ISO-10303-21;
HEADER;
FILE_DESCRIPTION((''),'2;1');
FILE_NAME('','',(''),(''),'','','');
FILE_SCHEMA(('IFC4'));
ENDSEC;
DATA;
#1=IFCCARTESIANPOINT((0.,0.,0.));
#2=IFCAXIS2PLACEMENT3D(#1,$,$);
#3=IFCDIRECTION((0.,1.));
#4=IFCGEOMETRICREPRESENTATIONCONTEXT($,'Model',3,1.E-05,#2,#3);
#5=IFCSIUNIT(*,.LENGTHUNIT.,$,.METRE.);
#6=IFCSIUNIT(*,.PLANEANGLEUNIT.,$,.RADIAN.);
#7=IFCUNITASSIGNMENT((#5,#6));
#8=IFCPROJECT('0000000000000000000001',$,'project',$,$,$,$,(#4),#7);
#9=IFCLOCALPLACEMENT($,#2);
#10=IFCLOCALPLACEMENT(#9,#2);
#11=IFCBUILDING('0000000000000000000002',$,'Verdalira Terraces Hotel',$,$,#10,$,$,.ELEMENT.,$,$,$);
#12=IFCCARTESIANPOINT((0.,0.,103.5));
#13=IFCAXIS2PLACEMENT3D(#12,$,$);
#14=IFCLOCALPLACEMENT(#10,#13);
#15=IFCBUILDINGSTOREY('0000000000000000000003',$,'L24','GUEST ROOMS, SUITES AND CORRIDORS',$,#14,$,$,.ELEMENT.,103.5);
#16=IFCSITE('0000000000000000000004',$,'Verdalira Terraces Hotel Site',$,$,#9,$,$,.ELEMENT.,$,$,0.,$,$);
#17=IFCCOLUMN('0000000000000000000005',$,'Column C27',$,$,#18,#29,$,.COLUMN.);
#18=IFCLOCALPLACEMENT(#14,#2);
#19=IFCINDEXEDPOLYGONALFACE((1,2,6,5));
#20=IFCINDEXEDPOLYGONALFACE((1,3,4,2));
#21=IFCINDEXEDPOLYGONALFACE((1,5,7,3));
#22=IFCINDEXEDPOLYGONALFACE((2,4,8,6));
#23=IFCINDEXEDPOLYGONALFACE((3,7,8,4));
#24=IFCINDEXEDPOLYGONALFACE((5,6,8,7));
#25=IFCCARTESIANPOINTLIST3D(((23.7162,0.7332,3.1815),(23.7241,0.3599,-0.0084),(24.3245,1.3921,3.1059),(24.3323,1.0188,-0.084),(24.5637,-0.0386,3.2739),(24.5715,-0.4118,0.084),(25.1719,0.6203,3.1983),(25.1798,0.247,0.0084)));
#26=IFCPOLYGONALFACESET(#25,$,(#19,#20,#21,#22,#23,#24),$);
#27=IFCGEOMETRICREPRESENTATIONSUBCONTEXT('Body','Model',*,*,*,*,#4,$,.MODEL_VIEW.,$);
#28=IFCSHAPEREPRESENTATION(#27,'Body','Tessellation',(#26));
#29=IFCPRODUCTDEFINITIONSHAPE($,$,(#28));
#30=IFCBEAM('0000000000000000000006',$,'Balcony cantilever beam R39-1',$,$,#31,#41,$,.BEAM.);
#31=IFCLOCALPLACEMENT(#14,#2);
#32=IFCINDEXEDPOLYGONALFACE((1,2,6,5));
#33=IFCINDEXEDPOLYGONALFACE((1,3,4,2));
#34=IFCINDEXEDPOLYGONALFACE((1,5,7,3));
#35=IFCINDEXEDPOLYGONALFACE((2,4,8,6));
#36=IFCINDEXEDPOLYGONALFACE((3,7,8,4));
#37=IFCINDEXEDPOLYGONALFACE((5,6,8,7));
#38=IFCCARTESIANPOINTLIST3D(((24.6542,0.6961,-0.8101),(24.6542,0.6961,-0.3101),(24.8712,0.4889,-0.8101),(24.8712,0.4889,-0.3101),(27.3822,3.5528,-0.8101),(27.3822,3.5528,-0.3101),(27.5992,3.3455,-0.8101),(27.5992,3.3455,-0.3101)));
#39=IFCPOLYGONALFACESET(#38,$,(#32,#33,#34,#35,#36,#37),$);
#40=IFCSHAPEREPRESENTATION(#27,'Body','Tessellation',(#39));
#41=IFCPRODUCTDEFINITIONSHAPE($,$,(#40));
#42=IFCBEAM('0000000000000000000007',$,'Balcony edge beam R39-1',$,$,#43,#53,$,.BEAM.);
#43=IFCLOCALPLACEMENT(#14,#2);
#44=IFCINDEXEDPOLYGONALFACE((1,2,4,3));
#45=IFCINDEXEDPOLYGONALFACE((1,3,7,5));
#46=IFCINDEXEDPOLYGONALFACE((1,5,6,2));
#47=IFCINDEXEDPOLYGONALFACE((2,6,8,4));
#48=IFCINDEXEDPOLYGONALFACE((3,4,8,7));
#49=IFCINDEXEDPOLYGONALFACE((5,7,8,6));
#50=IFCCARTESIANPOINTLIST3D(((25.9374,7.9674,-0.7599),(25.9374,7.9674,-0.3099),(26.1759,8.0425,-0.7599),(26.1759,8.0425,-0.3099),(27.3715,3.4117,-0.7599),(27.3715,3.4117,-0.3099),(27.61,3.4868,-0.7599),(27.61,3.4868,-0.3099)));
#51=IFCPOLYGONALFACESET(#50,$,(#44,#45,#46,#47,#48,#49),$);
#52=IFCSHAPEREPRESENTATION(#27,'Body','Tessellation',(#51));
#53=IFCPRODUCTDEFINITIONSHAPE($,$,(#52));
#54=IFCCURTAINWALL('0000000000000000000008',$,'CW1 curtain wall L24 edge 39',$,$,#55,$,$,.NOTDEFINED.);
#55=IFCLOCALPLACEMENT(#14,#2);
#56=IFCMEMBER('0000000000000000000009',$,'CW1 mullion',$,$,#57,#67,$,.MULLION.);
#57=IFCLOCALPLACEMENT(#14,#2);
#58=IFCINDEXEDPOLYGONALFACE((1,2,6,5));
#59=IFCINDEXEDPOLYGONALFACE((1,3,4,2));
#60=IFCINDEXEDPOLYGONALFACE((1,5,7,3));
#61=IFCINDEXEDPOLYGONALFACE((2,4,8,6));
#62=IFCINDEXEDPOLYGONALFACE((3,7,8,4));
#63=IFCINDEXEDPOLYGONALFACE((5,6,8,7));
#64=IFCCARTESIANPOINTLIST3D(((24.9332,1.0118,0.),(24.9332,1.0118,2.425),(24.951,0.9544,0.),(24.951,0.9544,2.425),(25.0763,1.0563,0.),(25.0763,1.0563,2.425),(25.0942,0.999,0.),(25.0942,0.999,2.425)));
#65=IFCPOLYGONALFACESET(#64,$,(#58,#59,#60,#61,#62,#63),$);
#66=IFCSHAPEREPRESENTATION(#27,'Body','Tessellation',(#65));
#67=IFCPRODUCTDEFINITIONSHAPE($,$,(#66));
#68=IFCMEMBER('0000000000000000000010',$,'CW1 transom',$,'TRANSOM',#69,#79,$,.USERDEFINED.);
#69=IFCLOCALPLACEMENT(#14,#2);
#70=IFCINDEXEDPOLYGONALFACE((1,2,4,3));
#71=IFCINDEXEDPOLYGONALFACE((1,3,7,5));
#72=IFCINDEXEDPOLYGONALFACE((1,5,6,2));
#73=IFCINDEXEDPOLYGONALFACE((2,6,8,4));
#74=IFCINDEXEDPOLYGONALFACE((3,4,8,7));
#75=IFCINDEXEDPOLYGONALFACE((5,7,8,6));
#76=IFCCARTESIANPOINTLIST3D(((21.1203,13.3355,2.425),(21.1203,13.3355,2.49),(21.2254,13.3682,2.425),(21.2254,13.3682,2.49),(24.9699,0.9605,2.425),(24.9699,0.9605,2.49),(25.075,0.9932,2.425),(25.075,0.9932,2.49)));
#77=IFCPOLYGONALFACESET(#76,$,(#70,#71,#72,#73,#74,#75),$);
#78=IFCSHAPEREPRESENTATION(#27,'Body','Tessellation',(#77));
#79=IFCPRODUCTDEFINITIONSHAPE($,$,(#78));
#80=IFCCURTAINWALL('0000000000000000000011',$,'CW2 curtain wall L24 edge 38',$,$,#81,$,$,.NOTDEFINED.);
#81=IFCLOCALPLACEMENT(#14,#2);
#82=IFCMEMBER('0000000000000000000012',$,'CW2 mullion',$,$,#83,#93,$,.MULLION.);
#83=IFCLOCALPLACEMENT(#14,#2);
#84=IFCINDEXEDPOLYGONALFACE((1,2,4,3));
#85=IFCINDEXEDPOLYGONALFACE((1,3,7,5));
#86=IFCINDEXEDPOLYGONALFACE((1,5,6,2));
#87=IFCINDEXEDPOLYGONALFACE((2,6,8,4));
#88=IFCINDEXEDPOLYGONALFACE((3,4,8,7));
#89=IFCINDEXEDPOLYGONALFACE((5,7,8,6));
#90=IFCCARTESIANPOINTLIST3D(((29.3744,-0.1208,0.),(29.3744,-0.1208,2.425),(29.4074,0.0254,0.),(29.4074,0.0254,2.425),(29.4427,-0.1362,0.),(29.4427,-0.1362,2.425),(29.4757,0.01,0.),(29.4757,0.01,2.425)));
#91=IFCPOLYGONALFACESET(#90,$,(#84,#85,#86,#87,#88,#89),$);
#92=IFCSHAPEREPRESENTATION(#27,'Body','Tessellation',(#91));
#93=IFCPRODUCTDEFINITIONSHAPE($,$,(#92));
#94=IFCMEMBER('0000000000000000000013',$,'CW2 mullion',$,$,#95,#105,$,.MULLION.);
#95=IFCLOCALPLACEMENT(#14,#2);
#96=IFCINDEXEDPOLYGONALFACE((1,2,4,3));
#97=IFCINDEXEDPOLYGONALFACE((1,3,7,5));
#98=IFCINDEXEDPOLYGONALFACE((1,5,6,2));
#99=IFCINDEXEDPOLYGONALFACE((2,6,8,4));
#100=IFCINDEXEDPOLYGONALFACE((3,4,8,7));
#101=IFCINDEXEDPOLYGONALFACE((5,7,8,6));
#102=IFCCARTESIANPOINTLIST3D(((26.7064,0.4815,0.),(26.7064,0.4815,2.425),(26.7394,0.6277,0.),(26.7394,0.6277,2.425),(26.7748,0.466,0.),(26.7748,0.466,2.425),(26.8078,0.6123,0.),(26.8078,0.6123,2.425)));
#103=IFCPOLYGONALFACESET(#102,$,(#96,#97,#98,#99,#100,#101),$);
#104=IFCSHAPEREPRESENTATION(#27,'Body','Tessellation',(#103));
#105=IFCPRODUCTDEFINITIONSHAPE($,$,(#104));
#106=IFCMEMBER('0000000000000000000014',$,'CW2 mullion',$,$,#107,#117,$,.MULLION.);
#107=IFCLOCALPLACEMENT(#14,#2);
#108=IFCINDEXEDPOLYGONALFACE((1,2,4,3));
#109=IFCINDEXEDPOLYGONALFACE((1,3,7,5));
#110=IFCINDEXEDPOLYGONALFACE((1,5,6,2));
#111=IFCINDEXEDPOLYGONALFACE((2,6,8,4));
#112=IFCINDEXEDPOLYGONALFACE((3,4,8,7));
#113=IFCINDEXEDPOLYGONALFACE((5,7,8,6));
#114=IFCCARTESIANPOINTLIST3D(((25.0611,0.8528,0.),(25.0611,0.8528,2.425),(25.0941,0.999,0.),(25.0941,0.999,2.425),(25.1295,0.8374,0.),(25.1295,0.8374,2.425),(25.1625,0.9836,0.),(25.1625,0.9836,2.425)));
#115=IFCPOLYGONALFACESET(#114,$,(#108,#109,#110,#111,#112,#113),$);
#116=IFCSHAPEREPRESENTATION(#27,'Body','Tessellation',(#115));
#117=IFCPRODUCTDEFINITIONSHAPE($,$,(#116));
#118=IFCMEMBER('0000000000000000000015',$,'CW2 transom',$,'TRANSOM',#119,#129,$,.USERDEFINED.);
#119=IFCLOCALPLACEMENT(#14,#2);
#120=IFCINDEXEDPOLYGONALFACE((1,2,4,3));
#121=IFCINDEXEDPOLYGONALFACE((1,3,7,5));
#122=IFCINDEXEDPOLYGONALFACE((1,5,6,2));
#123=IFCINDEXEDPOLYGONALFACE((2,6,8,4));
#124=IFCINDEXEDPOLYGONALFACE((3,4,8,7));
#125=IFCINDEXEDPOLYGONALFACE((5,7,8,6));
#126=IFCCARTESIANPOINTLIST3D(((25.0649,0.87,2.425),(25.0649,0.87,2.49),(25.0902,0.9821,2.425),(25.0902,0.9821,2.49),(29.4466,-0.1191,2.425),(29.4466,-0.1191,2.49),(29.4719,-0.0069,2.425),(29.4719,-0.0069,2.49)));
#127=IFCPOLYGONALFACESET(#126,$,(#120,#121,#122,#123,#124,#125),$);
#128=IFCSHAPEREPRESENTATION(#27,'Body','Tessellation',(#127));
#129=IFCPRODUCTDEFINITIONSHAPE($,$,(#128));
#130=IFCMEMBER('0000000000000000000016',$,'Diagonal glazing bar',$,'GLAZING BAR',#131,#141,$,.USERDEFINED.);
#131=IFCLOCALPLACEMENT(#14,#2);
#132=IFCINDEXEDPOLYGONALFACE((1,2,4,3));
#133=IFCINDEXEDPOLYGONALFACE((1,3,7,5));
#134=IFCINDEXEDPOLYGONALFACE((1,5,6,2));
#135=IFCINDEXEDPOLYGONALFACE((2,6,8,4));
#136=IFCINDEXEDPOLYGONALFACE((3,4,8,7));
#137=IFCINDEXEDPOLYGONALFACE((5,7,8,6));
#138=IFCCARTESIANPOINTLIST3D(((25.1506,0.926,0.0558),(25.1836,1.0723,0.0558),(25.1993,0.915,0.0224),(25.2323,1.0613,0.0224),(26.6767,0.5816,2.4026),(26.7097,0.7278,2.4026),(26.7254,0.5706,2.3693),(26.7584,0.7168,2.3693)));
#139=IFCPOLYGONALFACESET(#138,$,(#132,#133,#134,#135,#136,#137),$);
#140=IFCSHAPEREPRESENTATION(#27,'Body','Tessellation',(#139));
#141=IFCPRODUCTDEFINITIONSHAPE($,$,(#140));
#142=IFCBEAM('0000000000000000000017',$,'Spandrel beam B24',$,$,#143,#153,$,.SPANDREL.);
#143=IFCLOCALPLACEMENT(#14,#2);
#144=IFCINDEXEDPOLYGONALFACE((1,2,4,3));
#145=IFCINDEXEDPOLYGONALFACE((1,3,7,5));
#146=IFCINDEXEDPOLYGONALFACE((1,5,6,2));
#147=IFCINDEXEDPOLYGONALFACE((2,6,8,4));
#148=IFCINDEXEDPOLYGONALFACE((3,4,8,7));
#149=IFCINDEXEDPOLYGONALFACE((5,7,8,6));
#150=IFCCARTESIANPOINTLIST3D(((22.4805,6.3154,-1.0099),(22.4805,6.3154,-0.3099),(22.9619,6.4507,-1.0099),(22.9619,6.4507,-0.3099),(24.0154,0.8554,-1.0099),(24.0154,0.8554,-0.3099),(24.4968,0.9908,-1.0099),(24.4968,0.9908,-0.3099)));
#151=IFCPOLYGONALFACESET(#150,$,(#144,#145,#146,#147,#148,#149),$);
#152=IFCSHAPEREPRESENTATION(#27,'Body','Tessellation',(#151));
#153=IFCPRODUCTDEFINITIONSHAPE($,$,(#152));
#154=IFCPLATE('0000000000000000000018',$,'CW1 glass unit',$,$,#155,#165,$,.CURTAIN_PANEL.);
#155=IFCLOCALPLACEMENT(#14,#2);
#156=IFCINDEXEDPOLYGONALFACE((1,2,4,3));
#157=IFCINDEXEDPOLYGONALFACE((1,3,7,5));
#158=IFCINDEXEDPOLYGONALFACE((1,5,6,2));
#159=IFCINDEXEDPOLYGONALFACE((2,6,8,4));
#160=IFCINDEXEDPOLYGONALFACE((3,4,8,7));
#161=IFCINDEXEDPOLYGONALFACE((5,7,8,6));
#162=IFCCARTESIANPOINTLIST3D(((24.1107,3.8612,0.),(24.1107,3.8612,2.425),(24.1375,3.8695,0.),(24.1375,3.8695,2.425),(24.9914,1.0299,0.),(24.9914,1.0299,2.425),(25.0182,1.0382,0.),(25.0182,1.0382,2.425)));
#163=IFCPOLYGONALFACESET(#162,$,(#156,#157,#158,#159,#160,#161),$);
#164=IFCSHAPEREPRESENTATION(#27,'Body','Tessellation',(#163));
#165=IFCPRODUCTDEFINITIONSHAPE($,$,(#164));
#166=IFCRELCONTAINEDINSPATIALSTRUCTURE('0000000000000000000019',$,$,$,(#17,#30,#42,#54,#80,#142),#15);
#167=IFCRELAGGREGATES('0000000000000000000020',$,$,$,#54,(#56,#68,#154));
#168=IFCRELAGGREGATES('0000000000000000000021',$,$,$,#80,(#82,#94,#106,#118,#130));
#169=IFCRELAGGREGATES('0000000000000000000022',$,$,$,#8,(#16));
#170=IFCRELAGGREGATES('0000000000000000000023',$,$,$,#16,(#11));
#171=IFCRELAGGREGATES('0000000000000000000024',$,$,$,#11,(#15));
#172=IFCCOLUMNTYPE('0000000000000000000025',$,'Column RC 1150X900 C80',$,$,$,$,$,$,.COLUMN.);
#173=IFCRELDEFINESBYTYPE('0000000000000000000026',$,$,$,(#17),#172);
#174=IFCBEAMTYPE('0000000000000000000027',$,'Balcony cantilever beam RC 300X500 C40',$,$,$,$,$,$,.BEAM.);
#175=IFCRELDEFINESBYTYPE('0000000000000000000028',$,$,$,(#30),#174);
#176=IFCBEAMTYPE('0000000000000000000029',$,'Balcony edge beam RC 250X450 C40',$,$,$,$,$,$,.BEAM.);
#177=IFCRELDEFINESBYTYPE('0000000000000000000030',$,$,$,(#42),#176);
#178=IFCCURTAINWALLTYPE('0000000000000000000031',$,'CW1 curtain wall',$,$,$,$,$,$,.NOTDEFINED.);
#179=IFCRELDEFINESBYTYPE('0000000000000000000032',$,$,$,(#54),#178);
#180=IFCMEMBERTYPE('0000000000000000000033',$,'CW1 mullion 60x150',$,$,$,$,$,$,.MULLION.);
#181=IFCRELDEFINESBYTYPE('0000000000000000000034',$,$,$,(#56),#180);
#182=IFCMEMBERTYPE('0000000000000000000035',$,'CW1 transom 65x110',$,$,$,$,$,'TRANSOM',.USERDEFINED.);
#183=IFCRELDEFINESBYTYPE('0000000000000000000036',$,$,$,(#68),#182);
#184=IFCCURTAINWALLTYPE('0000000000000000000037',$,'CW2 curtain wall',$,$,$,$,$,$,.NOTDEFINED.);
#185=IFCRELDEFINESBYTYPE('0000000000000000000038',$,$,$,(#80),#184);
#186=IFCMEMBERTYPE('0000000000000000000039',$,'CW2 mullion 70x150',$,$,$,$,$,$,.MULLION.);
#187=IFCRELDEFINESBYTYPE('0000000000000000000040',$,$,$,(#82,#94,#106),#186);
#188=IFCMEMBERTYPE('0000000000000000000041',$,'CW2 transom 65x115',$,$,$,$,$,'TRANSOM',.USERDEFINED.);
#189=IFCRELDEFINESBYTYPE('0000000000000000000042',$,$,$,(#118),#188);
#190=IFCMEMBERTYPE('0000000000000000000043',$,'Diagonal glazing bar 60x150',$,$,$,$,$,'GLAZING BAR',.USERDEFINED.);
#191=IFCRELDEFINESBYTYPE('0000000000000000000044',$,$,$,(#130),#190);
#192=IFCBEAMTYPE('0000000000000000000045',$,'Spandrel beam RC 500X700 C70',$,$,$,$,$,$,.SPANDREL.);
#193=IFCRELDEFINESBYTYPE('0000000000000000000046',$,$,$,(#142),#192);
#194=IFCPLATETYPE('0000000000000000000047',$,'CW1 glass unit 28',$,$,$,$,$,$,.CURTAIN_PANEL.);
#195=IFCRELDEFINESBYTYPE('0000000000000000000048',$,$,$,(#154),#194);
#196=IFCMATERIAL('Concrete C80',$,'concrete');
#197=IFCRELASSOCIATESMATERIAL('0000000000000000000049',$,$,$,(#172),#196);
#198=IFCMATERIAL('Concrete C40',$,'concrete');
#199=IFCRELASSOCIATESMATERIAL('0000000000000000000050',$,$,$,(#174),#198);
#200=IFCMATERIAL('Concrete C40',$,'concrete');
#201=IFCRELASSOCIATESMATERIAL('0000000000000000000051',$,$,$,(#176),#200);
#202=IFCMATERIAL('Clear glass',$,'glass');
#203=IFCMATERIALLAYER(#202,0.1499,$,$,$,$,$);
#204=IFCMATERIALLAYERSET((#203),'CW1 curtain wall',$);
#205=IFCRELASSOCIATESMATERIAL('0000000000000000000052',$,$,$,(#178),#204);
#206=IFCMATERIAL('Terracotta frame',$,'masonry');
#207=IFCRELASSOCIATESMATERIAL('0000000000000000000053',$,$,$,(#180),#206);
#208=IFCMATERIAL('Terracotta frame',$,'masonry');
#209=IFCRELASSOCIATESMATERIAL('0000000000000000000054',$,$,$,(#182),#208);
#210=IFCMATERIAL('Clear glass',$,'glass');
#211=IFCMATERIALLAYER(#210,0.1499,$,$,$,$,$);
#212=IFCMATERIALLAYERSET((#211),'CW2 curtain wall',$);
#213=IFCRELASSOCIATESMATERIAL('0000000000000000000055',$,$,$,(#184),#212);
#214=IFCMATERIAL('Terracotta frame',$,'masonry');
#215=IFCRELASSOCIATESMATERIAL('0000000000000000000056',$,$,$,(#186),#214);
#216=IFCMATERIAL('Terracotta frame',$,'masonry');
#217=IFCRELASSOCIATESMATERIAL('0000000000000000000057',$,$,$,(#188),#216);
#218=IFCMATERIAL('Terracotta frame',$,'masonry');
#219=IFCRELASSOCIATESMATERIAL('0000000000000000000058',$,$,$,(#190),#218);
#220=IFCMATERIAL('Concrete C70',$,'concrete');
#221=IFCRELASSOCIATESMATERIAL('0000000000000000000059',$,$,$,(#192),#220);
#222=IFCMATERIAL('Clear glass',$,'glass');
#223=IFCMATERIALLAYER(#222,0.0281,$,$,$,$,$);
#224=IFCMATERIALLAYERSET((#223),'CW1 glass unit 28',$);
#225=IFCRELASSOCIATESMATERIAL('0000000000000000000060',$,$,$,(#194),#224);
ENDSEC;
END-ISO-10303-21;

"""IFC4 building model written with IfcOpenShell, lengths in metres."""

from ifc_helpers import new_model, si_unit, direction, frame, origin, origin_2d, place, context, subcontext, project, spatial, rectangle, extrude, material, layer, layer_set, material_profile, profile_set, type_object, element, aggregate, save


model = new_model("IFC4")

# Units and contexts
model_context = context("Model", 3, precision=1e-05, world=origin(), true_north=direction((0.0, 1.0)))
body_context = subcontext(model_context, "Body", "Model", "MODEL_VIEW")
ifc_project = project(units=[si_unit("LENGTHUNIT", "METRE"), si_unit("PLANEANGLEUNIT", "RADIAN")], contexts=[model_context])

# Site, building, storey
site_placement = place(None, origin())
site = spatial("IfcSite", under=ifc_project, at=site_placement, Name="Verdalira Terraces Hotel Site", CompositionType="ELEMENT", RefElevation=0.0)
building_placement = place(site_placement, origin())
building = spatial("IfcBuilding", under=site, at=building_placement, Name="Verdalira Terraces Hotel", CompositionType="ELEMENT")
storey_placement = place(building_placement, frame((0.0, 0.0, 103.5)))
storey = spatial("IfcBuildingStorey", under=building, at=storey_placement, Name="L24", Description="GUEST ROOMS, SUITES AND CORRIDORS", CompositionType="ELEMENT", Elevation=103.5)

# Column
ifc_material_1 = material(Name="Concrete C80", Category="concrete")
ifc_material_profile_1 = material_profile(ifc_material_1, rectangle(XDim=1.1499, YDim=0.8999, at=origin_2d()), Name="RC 1150X900")
ifc_profile_set_1 = profile_set([ifc_material_profile_1], Name="Concrete C80")
column_type = type_object("IfcColumnType", Name="Column RC 1150X900 C80", PredefinedType="COLUMN", material=ifc_profile_set_1)
column_placement = place(storey_placement, frame((24.4519, 0.3035, 0.0), z_axis=(-0.002432, 0.116228, 0.99322), x_axis=(0.736975, -0.671129, 0.080341)))
element("IfcColumn", 1, at=column_placement, inside=storey, type_object=column_type, Name="Column C27", PredefinedType="COLUMN", context=body_context, shape_type="SweptSolid", body=[
    extrude(rectangle(XDim=1.1499, YDim=0.8999, at=origin_2d()), origin(), (0.0, 0.0, 1.0), 3.2117),
])

# Beams
ifc_material_2 = material(Name="Concrete C40", Category="concrete")
ifc_material_profile_2 = material_profile(ifc_material_2, rectangle(XDim=0.3, YDim=0.5, at=origin_2d()), Name="RC 300X500")
ifc_profile_set_2 = profile_set([ifc_material_profile_2], Name="Concrete C40")
beam_type_1 = type_object("IfcBeamType", Name="Balcony cantilever beam RC 300X500 C40", PredefinedType="BEAM", material=ifc_profile_set_2)
beam_1_placement = place(storey_placement, frame((24.7627, 0.5925, -0.5601), z_axis=(0.690633, 0.723205, 0.0), x_axis=(-0.723205, 0.690633, 0.0)))
element("IfcBeam", 2, at=beam_1_placement, inside=storey, type_object=beam_type_1, Name="Balcony cantilever beam R39-1", PredefinedType="BEAM", context=body_context, shape_type="SweptSolid", body=[
    extrude(rectangle(XDim=0.3, YDim=0.5, at=origin_2d()), origin(), (0.0, 0.0, 1.0), 3.95),
])
ifc_material_3 = material(Name="Concrete C40", Category="concrete")
ifc_material_profile_3 = material_profile(ifc_material_3, rectangle(XDim=0.25, YDim=0.45, at=origin_2d()), Name="RC 250X450")
ifc_profile_set_3 = profile_set([ifc_material_profile_3], Name="Concrete C40")
beam_type_2 = type_object("IfcBeamType", Name="Balcony edge beam RC 250X450 C40", PredefinedType="BEAM", material=ifc_profile_set_3)
beam_2_placement = place(storey_placement, frame((27.4907, 3.4492, -0.5349), z_axis=(-0.300265, 0.953856, 0.0), x_axis=(-0.953856, -0.300265, 0.0)))
element("IfcBeam", 3, at=beam_2_placement, inside=storey, type_object=beam_type_2, Name="Balcony edge beam R39-1", PredefinedType="BEAM", context=body_context, shape_type="SweptSolid", body=[
    extrude(rectangle(XDim=0.25, YDim=0.45, at=origin_2d()), origin(), (0.0, 0.0, 1.0), 4.7761),
])

# Curtain walls, members
ifc_material_4 = material(Name="Clear glass", Category="glass")
ifc_layer_1 = layer(ifc_material_4, 0.1499)
ifc_layer_set_1 = layer_set([ifc_layer_1], Name="CW1 curtain wall")
curtain_wall_type_1 = type_object("IfcCurtainWallType", Name="CW1 curtain wall", PredefinedType="NOTDEFINED", material=ifc_layer_set_1)
curtain_wall_1_placement = place(storey_placement, origin())
curtain_wall_1 = element("IfcCurtainWall", 4, at=curtain_wall_1_placement, inside=storey, type_object=curtain_wall_type_1, Name="CW1 curtain wall L24 edge 39", PredefinedType="NOTDEFINED")
ifc_material_5 = material(Name="Terracotta frame", Category="masonry")
ifc_material_profile_4 = material_profile(ifc_material_5, rectangle(XDim=0.0601, YDim=0.1499, at=origin_2d()), Name="MU 60x150")
ifc_profile_set_4 = profile_set([ifc_material_profile_4], Name="Terracotta frame")
member_type_1 = type_object("IfcMemberType", Name="CW1 mullion 60x150", PredefinedType="MULLION", material=ifc_profile_set_4)
member_1_placement = place(storey_placement, frame((25.0137, 1.0054, 0.0), z_axis=(0.0, 0.0, 1.0), x_axis=(-0.297042, 0.954865, 0.0)))
member_1 = element("IfcMember", 5, at=member_1_placement, type_object=member_type_1, Name="CW1 mullion", PredefinedType="MULLION", context=body_context, shape_type="SweptSolid", body=[
    extrude(rectangle(XDim=0.0601, YDim=0.1499, at=origin_2d()), origin(), (0.0, 0.0, 1.0), 2.425),
])
ifc_material_6 = material(Name="Terracotta frame", Category="masonry")
ifc_material_profile_5 = material_profile(ifc_material_6, rectangle(XDim=0.1101, YDim=0.0649, at=origin_2d()), Name="TR 65x110")
ifc_profile_set_5 = profile_set([ifc_material_profile_5], Name="Terracotta frame")
member_type_2 = type_object("IfcMemberType", Name="CW1 transom 65x110", ElementType="TRANSOM", PredefinedType="USERDEFINED", material=ifc_profile_set_5)
member_2_placement = place(storey_placement, frame((25.0225, 0.9768, 2.4575), z_axis=(-0.297039, 0.954865, 0.0), x_axis=(-0.954865, -0.297039, 0.0)))
member_2 = element("IfcMember", 6, at=member_2_placement, type_object=member_type_2, Name="CW1 transom", ObjectType="TRANSOM", PredefinedType="USERDEFINED", context=body_context, shape_type="SweptSolid", body=[
    extrude(rectangle(XDim=0.1101, YDim=0.0649, at=origin_2d()), origin(), (0.0, 0.0, 1.0), 12.96),
])
ifc_material_7 = material(Name="Clear glass", Category="glass")
ifc_layer_2 = layer(ifc_material_7, 0.1499)
ifc_layer_set_2 = layer_set([ifc_layer_2], Name="CW2 curtain wall")
curtain_wall_type_2 = type_object("IfcCurtainWallType", Name="CW2 curtain wall", PredefinedType="NOTDEFINED", material=ifc_layer_set_2)
curtain_wall_2_placement = place(storey_placement, origin())
curtain_wall_2 = element("IfcCurtainWall", 7, at=curtain_wall_2_placement, inside=storey, type_object=curtain_wall_type_2, Name="CW2 curtain wall L24 edge 38", PredefinedType="NOTDEFINED")
ifc_material_8 = material(Name="Terracotta frame", Category="masonry")
ifc_material_profile_6 = material_profile(ifc_material_8, rectangle(XDim=0.0701, YDim=0.1499, at=origin_2d()), Name="MU 70x150")
ifc_profile_set_6 = profile_set([ifc_material_profile_6], Name="Terracotta frame")
member_type_3 = type_object("IfcMemberType", Name="CW2 mullion 70x150", PredefinedType="MULLION", material=ifc_profile_set_6)
member_3_placement = place(storey_placement, frame((29.425, -0.0554, 0.0), z_axis=(0.0, 0.0, 1.0), x_axis=(-0.975458, 0.220187, 0.0)))
member_3 = element("IfcMember", 8, at=member_3_placement, type_object=member_type_3, Name="CW2 mullion", PredefinedType="MULLION", context=body_context, shape_type="SweptSolid", body=[
    extrude(rectangle(XDim=0.0701, YDim=0.1499, at=origin_2d()), origin(), (0.0, 0.0, 1.0), 2.425),
])
member_4_placement = place(storey_placement, frame((26.7571, 0.5469, 0.0), z_axis=(0.0, 0.0, 1.0), x_axis=(-0.975458, 0.220187, 0.0)))
member_4 = element("IfcMember", 9, at=member_4_placement, type_object=member_type_3, Name="CW2 mullion", PredefinedType="MULLION", context=body_context, shape_type="SweptSolid", body=[
    extrude(rectangle(XDim=0.0701, YDim=0.1499, at=origin_2d()), origin(), (0.0, 0.0, 1.0), 2.425),
])
member_5_placement = place(storey_placement, frame((25.1118, 0.9182, 0.0), z_axis=(0.0, 0.0, 1.0), x_axis=(-0.975458, 0.220187, 0.0)))
member_5 = element("IfcMember", 10, at=member_5_placement, type_object=member_type_3, Name="CW2 mullion", PredefinedType="MULLION", context=body_context, shape_type="SweptSolid", body=[
    extrude(rectangle(XDim=0.0701, YDim=0.1499, at=origin_2d()), origin(), (0.0, 0.0, 1.0), 2.425),
])
ifc_material_9 = material(Name="Terracotta frame", Category="masonry")
ifc_material_profile_7 = material_profile(ifc_material_9, rectangle(XDim=0.115, YDim=0.0649, at=origin_2d()), Name="TR 65x115")
ifc_profile_set_7 = profile_set([ifc_material_profile_7], Name="Terracotta frame")
member_type_4 = type_object("IfcMemberType", Name="CW2 transom 65x115", ElementType="TRANSOM", PredefinedType="USERDEFINED", material=ifc_profile_set_7)
member_6_placement = place(storey_placement, frame((29.4592, -0.063, 2.4575), z_axis=(-0.975459, 0.220181, 0.0), x_axis=(-0.220181, -0.975459, 0.0)))
member_6 = element("IfcMember", 11, at=member_6_placement, type_object=member_type_4, Name="CW2 transom", ObjectType="TRANSOM", PredefinedType="USERDEFINED", context=body_context, shape_type="SweptSolid", body=[
    extrude(rectangle(XDim=0.115, YDim=0.0649, at=origin_2d()), origin(), (0.0, 0.0, 1.0), 4.4919),
])
ifc_material_10 = material(Name="Terracotta frame", Category="masonry")
ifc_material_profile_8 = material_profile(ifc_material_10, rectangle(XDim=0.1499, YDim=0.0601, at=origin_2d()), Name="GB 60x150")
ifc_profile_set_8 = profile_set([ifc_material_profile_8], Name="Terracotta frame")
member_type_5 = type_object("IfcMemberType", Name="Diagonal glazing bar 60x150", ElementType="GLAZING BAR", PredefinedType="USERDEFINED", material=ifc_profile_set_8)
member_7_placement = place(storey_placement, frame((26.7175, 0.6492, 2.386), z_axis=(-0.541064, 0.122131, -0.832066), x_axis=(-0.220184, -0.975458, 0.0)))
member_7 = element("IfcMember", 12, at=member_7_placement, type_object=member_type_5, Name="Diagonal glazing bar", ObjectType="GLAZING BAR", PredefinedType="USERDEFINED", context=body_context, shape_type="SweptSolid", body=[
    extrude(rectangle(XDim=0.1499, YDim=0.0601, at=origin_2d()), origin(), (0.0, 0.0, 1.0), 2.8206),
])

# Beam
ifc_material_11 = material(Name="Concrete C70", Category="concrete")
ifc_material_profile_9 = material_profile(ifc_material_11, rectangle(XDim=0.5, YDim=0.7, at=origin_2d()), Name="RC 500X700")
ifc_profile_set_9 = profile_set([ifc_material_profile_9], Name="Concrete C70")
beam_type_3 = type_object("IfcBeamType", Name="Spandrel beam RC 500X700 C70", PredefinedType="SPANDREL", material=ifc_profile_set_9)
beam_3_placement = place(storey_placement, frame((24.2561, 0.9231, -0.6599), z_axis=(-0.270631, 0.962683, 0.0), x_axis=(-0.962683, -0.270631, 0.0)))
element("IfcBeam", 13, at=beam_3_placement, inside=storey, type_object=beam_type_3, Name="Spandrel beam B24", PredefinedType="SPANDREL", context=body_context, shape_type="SweptSolid", body=[
    extrude(rectangle(XDim=0.5, YDim=0.7, at=origin_2d()), origin(), (0.0, 0.0, 1.0), 5.6716),
])

# Plate
ifc_material_12 = material(Name="Clear glass", Category="glass")
ifc_layer_3 = layer(ifc_material_12, 0.0281)
ifc_layer_set_3 = layer_set([ifc_layer_3], Name="CW1 glass unit 28")
plate_type_1 = type_object("IfcPlateType", Name="CW1 glass unit 28", PredefinedType="CURTAIN_PANEL", material=ifc_layer_set_3)
plate_1_placement = place(storey_placement, frame((24.5645, 2.4497, 0.0), z_axis=(0.0, 0.0, 1.0), x_axis=(-0.297042, 0.954865, 0.0)))
plate_1 = element("IfcPlate", 14, at=plate_1_placement, type_object=plate_type_1, Name="CW1 glass unit", PredefinedType="CURTAIN_PANEL", context=body_context, shape_type="SweptSolid", body=[
    extrude(rectangle(XDim=2.9651, YDim=0.0281, at=origin_2d()), origin(), (0.0, 0.0, 1.0), 2.425),
])
aggregate(curtain_wall_1, [member_1, member_2, plate_1])
aggregate(curtain_wall_2, [member_3, member_4, member_5, member_6, member_7])

save(model, "model.ifc")
